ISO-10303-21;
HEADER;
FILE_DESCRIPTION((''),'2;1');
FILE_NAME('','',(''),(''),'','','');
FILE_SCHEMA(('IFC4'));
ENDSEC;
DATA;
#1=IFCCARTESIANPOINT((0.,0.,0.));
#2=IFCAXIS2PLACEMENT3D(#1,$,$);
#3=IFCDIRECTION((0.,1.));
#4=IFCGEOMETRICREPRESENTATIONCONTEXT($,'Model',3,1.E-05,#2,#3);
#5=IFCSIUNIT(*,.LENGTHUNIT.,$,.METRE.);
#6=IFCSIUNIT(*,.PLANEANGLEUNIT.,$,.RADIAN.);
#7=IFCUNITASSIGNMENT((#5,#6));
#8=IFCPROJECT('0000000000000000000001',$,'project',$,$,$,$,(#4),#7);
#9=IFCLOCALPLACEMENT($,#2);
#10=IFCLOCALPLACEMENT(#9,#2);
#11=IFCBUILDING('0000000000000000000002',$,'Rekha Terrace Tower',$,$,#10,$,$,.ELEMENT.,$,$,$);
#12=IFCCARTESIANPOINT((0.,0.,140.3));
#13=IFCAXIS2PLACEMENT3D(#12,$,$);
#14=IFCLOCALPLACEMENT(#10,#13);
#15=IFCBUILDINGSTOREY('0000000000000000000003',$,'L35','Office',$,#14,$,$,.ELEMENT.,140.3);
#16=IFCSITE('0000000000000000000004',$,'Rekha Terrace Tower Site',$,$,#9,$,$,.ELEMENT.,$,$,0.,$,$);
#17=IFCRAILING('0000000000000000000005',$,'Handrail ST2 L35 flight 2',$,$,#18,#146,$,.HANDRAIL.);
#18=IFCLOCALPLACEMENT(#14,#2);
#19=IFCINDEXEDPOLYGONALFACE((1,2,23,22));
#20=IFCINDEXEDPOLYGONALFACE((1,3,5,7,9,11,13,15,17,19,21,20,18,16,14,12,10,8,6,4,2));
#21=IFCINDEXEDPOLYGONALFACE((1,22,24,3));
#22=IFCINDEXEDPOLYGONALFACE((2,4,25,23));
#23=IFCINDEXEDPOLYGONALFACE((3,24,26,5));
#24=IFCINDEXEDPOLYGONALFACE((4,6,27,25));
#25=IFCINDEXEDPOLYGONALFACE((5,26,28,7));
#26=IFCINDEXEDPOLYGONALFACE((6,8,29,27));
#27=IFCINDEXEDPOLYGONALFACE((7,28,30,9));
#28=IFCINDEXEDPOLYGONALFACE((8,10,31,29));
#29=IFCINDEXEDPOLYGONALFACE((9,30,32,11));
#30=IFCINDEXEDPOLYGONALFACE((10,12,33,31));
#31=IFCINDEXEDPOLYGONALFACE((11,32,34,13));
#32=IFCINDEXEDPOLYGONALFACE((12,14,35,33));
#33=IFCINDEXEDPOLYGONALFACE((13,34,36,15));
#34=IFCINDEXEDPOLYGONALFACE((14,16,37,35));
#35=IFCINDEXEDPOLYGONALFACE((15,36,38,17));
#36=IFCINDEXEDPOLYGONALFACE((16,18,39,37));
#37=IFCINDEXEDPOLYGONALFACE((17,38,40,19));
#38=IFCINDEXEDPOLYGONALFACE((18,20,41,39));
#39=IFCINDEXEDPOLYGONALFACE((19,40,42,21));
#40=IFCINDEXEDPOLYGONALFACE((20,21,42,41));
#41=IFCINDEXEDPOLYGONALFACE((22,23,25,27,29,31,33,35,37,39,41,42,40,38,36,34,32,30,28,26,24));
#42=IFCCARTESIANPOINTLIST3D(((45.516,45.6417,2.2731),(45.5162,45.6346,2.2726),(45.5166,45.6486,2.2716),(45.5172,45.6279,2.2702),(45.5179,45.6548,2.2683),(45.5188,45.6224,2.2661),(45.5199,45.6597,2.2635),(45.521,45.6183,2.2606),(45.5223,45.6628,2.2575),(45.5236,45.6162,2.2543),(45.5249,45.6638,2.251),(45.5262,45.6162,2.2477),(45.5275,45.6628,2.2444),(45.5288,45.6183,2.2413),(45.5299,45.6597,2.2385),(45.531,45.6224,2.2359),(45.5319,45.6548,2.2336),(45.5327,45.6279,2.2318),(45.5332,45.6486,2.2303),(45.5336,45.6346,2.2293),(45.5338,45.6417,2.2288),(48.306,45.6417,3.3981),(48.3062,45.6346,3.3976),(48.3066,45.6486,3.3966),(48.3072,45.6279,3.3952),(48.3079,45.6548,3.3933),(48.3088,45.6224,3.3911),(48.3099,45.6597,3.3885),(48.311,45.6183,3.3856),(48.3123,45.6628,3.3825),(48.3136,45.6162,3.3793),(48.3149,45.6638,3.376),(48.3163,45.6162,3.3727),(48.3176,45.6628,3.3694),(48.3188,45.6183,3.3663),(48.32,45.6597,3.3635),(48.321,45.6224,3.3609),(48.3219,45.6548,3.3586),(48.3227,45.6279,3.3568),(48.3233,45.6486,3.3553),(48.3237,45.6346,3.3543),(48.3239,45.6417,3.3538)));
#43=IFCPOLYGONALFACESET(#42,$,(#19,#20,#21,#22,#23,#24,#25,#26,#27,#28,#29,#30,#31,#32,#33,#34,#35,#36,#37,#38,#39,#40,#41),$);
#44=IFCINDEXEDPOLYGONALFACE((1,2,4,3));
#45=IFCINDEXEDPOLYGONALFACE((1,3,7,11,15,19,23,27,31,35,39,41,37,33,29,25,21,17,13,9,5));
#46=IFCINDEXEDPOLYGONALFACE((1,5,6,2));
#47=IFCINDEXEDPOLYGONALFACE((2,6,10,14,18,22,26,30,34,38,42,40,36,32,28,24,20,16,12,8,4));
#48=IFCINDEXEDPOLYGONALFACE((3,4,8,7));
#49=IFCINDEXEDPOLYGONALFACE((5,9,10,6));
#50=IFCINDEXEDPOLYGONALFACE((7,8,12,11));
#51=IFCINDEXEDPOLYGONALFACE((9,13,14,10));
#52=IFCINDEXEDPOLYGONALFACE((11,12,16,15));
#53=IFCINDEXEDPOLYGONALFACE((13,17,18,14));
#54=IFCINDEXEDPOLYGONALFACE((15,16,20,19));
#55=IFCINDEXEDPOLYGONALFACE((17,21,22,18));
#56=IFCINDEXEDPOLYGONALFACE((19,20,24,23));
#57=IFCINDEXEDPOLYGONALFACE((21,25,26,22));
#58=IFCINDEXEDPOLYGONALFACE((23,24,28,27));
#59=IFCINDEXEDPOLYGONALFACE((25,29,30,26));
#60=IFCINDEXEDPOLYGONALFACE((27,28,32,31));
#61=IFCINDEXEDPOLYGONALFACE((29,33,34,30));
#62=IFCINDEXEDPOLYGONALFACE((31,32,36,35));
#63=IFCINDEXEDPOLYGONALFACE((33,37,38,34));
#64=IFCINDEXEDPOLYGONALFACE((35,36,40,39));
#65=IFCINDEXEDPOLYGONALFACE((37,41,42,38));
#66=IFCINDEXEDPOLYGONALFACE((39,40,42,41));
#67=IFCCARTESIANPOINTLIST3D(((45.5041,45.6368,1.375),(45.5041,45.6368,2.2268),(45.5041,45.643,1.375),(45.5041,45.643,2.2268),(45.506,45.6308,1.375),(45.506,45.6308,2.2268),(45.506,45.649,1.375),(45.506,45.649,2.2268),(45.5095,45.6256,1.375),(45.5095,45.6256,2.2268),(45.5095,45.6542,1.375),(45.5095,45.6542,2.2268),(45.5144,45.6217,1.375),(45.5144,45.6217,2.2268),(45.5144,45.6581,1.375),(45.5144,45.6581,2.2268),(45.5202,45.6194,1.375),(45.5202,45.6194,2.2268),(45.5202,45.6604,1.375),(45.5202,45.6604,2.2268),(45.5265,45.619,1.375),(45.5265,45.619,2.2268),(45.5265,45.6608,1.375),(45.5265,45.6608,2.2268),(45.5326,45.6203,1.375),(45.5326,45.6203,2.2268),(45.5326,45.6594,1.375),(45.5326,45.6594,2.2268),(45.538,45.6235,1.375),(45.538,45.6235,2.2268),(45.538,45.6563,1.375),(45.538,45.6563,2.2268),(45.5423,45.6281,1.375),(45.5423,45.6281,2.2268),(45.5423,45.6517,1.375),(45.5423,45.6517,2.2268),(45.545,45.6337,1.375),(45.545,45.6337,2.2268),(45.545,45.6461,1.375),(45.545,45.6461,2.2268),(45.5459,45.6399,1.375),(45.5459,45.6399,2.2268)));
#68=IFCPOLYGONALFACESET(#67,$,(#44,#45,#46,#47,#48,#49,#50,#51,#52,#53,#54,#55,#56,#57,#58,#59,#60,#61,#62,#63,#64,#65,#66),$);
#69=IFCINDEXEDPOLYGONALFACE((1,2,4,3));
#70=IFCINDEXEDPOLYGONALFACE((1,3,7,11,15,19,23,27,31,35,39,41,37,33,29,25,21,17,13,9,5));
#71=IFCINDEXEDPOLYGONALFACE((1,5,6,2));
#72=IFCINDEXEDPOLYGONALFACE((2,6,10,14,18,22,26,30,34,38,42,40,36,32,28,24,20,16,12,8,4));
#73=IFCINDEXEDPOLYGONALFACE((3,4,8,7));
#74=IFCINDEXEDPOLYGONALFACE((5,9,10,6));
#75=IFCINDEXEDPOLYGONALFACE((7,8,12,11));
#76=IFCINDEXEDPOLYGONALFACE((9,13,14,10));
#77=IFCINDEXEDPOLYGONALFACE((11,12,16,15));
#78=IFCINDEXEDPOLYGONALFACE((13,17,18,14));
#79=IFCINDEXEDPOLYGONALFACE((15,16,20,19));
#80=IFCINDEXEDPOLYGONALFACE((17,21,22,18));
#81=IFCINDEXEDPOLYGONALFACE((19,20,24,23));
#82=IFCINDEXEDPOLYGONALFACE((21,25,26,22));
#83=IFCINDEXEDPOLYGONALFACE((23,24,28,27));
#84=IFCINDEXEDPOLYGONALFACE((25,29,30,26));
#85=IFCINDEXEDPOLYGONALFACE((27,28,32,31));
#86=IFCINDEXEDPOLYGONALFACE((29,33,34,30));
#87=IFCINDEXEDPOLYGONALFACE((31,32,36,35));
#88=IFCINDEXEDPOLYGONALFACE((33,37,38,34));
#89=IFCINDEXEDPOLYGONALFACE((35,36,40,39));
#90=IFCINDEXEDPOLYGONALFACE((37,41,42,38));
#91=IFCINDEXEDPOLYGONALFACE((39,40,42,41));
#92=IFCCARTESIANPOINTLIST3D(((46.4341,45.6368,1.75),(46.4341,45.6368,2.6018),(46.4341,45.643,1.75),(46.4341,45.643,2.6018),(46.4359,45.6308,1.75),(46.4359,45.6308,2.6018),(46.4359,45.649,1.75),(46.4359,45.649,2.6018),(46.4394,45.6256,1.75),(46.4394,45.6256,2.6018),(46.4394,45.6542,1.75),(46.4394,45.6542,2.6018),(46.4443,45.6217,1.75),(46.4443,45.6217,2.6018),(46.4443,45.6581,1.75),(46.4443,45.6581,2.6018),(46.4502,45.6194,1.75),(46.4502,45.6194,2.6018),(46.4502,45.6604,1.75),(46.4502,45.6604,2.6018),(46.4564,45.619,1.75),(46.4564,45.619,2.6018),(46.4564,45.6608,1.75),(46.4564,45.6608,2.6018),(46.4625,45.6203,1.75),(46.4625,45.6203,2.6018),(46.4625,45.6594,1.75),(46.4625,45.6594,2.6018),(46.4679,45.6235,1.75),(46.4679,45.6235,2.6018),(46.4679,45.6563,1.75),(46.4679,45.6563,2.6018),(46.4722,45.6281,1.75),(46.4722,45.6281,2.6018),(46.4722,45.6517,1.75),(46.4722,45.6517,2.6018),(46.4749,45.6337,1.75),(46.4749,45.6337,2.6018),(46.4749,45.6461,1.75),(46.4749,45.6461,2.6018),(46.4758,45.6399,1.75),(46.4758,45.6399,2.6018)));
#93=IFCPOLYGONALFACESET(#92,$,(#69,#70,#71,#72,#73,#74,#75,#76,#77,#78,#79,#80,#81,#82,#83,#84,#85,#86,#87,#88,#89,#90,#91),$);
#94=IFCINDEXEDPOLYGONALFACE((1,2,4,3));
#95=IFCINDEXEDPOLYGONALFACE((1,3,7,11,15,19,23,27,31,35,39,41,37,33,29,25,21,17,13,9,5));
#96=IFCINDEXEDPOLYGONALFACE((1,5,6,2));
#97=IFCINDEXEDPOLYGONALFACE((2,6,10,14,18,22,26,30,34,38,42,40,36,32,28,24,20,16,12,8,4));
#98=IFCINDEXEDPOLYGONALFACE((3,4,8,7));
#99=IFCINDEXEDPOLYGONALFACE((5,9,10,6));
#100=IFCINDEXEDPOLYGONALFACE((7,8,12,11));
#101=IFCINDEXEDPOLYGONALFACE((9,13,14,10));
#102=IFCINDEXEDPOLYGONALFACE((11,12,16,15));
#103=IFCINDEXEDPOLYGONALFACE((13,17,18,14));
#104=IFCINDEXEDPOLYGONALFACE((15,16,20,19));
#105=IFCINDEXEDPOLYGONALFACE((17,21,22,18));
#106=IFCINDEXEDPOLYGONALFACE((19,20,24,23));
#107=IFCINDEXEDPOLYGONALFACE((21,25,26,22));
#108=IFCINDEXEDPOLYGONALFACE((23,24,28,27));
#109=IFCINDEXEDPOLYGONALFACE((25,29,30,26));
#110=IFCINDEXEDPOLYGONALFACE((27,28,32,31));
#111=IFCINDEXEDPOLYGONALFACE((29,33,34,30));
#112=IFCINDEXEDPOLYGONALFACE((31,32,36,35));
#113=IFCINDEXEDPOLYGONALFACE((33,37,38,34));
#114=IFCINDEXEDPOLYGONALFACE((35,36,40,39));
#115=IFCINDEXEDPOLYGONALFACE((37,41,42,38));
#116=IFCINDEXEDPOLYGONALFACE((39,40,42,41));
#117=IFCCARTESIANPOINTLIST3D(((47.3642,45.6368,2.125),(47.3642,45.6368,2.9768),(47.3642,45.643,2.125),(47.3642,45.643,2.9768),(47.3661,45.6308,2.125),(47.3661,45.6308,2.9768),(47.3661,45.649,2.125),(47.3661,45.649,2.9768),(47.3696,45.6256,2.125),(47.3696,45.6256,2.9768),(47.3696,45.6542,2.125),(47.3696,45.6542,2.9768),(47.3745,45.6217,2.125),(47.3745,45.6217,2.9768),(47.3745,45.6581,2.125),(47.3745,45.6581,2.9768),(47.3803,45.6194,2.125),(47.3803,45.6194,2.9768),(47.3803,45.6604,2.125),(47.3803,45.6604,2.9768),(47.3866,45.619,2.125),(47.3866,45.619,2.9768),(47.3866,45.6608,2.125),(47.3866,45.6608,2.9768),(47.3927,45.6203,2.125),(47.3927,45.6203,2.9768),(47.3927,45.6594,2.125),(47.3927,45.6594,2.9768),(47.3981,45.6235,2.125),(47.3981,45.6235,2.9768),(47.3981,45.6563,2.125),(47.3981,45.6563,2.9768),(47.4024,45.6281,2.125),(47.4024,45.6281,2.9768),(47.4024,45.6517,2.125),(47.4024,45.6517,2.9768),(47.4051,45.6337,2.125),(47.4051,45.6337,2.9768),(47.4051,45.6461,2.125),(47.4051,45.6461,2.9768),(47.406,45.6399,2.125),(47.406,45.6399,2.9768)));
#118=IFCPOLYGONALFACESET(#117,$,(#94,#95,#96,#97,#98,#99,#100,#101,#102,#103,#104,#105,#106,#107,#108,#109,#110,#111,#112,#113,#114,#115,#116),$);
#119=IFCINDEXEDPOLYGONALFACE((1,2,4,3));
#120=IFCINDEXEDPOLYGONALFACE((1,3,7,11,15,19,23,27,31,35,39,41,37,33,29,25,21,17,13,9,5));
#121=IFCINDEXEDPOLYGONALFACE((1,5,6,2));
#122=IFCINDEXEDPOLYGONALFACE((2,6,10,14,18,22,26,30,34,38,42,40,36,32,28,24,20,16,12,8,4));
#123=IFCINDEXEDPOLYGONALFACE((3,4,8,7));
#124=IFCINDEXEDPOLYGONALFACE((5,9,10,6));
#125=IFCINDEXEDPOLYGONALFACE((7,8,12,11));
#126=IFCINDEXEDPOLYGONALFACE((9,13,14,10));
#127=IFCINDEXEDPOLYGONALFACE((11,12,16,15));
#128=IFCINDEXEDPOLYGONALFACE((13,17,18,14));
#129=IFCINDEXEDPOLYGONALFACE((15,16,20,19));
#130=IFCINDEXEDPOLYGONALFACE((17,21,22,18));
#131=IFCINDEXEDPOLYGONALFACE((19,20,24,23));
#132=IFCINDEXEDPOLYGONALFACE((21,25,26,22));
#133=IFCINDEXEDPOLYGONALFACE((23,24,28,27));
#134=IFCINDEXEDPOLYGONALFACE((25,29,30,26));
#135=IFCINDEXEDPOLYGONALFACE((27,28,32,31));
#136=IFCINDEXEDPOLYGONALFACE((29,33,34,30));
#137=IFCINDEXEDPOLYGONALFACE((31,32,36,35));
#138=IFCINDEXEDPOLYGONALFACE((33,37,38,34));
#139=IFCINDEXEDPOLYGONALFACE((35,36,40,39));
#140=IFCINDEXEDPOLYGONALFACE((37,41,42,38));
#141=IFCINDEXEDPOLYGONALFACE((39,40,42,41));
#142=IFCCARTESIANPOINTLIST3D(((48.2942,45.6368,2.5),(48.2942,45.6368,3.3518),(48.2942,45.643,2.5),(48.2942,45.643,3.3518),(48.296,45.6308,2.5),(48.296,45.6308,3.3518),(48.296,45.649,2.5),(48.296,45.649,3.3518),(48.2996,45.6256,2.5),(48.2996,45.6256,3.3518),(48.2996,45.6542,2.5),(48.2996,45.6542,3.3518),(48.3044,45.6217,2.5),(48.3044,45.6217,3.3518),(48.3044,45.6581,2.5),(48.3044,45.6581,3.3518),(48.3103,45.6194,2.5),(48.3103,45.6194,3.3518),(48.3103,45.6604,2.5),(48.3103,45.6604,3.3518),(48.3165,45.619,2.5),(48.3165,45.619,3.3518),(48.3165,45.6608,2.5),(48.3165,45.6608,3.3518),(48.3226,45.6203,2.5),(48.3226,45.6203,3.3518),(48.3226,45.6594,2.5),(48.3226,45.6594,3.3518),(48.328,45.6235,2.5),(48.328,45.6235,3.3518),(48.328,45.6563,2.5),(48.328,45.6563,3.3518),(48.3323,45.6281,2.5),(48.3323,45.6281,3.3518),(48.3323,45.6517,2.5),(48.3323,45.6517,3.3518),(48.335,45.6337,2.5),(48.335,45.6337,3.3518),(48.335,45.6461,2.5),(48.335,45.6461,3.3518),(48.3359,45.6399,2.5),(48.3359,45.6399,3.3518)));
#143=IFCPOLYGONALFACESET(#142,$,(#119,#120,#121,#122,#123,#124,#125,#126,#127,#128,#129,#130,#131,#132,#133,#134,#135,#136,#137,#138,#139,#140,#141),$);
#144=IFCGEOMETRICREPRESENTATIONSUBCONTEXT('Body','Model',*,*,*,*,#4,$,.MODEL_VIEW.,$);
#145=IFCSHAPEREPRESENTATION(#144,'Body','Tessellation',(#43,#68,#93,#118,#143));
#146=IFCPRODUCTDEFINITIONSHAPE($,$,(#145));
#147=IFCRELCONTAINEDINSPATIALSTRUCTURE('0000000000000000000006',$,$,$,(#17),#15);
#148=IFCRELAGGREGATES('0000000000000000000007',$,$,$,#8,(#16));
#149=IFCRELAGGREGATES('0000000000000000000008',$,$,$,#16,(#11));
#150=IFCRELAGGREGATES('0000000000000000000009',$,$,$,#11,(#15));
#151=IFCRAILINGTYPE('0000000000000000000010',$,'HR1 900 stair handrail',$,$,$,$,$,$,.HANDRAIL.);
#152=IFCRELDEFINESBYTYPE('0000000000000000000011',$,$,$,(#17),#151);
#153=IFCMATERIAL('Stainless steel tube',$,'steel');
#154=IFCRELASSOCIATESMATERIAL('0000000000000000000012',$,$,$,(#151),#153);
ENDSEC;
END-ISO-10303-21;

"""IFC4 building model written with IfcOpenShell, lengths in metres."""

from ifc_helpers import new_model, si_unit, direction, frame, origin, origin_2d, place, context, subcontext, project, spatial, circle, extrude, material, type_object, element, save


model = new_model("IFC4")

# Units and contexts
model_context = context("Model", 3, precision=1e-05, world=origin(), true_north=direction((0.0, 1.0)))
body_context = subcontext(model_context, "Body", "Model", "MODEL_VIEW")
ifc_project = project(units=[si_unit("LENGTHUNIT", "METRE"), si_unit("PLANEANGLEUNIT", "RADIAN")], contexts=[model_context])

# Site, building, storey
site_placement = place(None, origin())
site = spatial("IfcSite", under=ifc_project, at=site_placement, Name="Rekha Terrace Tower Site", CompositionType="ELEMENT", RefElevation=0.0)
building_placement = place(site_placement, origin())
building = spatial("IfcBuilding", under=site, at=building_placement, Name="Rekha Terrace Tower", CompositionType="ELEMENT")
storey_placement = place(building_placement, frame((0.0, 0.0, 140.3)))
storey = spatial("IfcBuildingStorey", under=building, at=storey_placement, Name="L35", Description="Office", CompositionType="ELEMENT", Elevation=140.3)

# Railing
ifc_material_1 = material(Name="Stainless steel tube", Category="steel")
railing_type = type_object("IfcRailingType", Name="HR1 900 stair handrail", PredefinedType="HANDRAIL", material=ifc_material_1)
railing_placement = place(storey_placement, frame((45.5249, 45.6399, 1.375)))
element("IfcRailing", 1, at=railing_placement, inside=storey, type_object=railing_type, Name="Handrail ST2 L35 flight 2", PredefinedType="HANDRAIL", context=body_context, shape_type="SweptSolid", body=[
    extrude(circle(Radius=0.0239, at=origin_2d()), frame((0.0, 0.0, 0.876), z_axis=(0.927443, 0.0, 0.373964), x_axis=(0.0, 1.0, 0.0)), (0.0, 0.0, 1.0), 3.0083),
    extrude(circle(Radius=0.021, at=origin_2d()), origin(), (0.0, 0.0, 1.0), 0.8518),
    extrude(circle(Radius=0.021, at=origin_2d()), frame((0.9299, 0.0, 0.375)), (0.0, 0.0, 1.0), 0.8518),
    extrude(circle(Radius=0.021, at=origin_2d()), frame((1.8601, 0.0, 0.75)), (0.0, 0.0, 1.0), 0.8518),
    extrude(circle(Radius=0.021, at=origin_2d()), frame((2.79, 0.0, 1.125)), (0.0, 0.0, 1.0), 0.8518),
])

save(model, "model.ifc")
